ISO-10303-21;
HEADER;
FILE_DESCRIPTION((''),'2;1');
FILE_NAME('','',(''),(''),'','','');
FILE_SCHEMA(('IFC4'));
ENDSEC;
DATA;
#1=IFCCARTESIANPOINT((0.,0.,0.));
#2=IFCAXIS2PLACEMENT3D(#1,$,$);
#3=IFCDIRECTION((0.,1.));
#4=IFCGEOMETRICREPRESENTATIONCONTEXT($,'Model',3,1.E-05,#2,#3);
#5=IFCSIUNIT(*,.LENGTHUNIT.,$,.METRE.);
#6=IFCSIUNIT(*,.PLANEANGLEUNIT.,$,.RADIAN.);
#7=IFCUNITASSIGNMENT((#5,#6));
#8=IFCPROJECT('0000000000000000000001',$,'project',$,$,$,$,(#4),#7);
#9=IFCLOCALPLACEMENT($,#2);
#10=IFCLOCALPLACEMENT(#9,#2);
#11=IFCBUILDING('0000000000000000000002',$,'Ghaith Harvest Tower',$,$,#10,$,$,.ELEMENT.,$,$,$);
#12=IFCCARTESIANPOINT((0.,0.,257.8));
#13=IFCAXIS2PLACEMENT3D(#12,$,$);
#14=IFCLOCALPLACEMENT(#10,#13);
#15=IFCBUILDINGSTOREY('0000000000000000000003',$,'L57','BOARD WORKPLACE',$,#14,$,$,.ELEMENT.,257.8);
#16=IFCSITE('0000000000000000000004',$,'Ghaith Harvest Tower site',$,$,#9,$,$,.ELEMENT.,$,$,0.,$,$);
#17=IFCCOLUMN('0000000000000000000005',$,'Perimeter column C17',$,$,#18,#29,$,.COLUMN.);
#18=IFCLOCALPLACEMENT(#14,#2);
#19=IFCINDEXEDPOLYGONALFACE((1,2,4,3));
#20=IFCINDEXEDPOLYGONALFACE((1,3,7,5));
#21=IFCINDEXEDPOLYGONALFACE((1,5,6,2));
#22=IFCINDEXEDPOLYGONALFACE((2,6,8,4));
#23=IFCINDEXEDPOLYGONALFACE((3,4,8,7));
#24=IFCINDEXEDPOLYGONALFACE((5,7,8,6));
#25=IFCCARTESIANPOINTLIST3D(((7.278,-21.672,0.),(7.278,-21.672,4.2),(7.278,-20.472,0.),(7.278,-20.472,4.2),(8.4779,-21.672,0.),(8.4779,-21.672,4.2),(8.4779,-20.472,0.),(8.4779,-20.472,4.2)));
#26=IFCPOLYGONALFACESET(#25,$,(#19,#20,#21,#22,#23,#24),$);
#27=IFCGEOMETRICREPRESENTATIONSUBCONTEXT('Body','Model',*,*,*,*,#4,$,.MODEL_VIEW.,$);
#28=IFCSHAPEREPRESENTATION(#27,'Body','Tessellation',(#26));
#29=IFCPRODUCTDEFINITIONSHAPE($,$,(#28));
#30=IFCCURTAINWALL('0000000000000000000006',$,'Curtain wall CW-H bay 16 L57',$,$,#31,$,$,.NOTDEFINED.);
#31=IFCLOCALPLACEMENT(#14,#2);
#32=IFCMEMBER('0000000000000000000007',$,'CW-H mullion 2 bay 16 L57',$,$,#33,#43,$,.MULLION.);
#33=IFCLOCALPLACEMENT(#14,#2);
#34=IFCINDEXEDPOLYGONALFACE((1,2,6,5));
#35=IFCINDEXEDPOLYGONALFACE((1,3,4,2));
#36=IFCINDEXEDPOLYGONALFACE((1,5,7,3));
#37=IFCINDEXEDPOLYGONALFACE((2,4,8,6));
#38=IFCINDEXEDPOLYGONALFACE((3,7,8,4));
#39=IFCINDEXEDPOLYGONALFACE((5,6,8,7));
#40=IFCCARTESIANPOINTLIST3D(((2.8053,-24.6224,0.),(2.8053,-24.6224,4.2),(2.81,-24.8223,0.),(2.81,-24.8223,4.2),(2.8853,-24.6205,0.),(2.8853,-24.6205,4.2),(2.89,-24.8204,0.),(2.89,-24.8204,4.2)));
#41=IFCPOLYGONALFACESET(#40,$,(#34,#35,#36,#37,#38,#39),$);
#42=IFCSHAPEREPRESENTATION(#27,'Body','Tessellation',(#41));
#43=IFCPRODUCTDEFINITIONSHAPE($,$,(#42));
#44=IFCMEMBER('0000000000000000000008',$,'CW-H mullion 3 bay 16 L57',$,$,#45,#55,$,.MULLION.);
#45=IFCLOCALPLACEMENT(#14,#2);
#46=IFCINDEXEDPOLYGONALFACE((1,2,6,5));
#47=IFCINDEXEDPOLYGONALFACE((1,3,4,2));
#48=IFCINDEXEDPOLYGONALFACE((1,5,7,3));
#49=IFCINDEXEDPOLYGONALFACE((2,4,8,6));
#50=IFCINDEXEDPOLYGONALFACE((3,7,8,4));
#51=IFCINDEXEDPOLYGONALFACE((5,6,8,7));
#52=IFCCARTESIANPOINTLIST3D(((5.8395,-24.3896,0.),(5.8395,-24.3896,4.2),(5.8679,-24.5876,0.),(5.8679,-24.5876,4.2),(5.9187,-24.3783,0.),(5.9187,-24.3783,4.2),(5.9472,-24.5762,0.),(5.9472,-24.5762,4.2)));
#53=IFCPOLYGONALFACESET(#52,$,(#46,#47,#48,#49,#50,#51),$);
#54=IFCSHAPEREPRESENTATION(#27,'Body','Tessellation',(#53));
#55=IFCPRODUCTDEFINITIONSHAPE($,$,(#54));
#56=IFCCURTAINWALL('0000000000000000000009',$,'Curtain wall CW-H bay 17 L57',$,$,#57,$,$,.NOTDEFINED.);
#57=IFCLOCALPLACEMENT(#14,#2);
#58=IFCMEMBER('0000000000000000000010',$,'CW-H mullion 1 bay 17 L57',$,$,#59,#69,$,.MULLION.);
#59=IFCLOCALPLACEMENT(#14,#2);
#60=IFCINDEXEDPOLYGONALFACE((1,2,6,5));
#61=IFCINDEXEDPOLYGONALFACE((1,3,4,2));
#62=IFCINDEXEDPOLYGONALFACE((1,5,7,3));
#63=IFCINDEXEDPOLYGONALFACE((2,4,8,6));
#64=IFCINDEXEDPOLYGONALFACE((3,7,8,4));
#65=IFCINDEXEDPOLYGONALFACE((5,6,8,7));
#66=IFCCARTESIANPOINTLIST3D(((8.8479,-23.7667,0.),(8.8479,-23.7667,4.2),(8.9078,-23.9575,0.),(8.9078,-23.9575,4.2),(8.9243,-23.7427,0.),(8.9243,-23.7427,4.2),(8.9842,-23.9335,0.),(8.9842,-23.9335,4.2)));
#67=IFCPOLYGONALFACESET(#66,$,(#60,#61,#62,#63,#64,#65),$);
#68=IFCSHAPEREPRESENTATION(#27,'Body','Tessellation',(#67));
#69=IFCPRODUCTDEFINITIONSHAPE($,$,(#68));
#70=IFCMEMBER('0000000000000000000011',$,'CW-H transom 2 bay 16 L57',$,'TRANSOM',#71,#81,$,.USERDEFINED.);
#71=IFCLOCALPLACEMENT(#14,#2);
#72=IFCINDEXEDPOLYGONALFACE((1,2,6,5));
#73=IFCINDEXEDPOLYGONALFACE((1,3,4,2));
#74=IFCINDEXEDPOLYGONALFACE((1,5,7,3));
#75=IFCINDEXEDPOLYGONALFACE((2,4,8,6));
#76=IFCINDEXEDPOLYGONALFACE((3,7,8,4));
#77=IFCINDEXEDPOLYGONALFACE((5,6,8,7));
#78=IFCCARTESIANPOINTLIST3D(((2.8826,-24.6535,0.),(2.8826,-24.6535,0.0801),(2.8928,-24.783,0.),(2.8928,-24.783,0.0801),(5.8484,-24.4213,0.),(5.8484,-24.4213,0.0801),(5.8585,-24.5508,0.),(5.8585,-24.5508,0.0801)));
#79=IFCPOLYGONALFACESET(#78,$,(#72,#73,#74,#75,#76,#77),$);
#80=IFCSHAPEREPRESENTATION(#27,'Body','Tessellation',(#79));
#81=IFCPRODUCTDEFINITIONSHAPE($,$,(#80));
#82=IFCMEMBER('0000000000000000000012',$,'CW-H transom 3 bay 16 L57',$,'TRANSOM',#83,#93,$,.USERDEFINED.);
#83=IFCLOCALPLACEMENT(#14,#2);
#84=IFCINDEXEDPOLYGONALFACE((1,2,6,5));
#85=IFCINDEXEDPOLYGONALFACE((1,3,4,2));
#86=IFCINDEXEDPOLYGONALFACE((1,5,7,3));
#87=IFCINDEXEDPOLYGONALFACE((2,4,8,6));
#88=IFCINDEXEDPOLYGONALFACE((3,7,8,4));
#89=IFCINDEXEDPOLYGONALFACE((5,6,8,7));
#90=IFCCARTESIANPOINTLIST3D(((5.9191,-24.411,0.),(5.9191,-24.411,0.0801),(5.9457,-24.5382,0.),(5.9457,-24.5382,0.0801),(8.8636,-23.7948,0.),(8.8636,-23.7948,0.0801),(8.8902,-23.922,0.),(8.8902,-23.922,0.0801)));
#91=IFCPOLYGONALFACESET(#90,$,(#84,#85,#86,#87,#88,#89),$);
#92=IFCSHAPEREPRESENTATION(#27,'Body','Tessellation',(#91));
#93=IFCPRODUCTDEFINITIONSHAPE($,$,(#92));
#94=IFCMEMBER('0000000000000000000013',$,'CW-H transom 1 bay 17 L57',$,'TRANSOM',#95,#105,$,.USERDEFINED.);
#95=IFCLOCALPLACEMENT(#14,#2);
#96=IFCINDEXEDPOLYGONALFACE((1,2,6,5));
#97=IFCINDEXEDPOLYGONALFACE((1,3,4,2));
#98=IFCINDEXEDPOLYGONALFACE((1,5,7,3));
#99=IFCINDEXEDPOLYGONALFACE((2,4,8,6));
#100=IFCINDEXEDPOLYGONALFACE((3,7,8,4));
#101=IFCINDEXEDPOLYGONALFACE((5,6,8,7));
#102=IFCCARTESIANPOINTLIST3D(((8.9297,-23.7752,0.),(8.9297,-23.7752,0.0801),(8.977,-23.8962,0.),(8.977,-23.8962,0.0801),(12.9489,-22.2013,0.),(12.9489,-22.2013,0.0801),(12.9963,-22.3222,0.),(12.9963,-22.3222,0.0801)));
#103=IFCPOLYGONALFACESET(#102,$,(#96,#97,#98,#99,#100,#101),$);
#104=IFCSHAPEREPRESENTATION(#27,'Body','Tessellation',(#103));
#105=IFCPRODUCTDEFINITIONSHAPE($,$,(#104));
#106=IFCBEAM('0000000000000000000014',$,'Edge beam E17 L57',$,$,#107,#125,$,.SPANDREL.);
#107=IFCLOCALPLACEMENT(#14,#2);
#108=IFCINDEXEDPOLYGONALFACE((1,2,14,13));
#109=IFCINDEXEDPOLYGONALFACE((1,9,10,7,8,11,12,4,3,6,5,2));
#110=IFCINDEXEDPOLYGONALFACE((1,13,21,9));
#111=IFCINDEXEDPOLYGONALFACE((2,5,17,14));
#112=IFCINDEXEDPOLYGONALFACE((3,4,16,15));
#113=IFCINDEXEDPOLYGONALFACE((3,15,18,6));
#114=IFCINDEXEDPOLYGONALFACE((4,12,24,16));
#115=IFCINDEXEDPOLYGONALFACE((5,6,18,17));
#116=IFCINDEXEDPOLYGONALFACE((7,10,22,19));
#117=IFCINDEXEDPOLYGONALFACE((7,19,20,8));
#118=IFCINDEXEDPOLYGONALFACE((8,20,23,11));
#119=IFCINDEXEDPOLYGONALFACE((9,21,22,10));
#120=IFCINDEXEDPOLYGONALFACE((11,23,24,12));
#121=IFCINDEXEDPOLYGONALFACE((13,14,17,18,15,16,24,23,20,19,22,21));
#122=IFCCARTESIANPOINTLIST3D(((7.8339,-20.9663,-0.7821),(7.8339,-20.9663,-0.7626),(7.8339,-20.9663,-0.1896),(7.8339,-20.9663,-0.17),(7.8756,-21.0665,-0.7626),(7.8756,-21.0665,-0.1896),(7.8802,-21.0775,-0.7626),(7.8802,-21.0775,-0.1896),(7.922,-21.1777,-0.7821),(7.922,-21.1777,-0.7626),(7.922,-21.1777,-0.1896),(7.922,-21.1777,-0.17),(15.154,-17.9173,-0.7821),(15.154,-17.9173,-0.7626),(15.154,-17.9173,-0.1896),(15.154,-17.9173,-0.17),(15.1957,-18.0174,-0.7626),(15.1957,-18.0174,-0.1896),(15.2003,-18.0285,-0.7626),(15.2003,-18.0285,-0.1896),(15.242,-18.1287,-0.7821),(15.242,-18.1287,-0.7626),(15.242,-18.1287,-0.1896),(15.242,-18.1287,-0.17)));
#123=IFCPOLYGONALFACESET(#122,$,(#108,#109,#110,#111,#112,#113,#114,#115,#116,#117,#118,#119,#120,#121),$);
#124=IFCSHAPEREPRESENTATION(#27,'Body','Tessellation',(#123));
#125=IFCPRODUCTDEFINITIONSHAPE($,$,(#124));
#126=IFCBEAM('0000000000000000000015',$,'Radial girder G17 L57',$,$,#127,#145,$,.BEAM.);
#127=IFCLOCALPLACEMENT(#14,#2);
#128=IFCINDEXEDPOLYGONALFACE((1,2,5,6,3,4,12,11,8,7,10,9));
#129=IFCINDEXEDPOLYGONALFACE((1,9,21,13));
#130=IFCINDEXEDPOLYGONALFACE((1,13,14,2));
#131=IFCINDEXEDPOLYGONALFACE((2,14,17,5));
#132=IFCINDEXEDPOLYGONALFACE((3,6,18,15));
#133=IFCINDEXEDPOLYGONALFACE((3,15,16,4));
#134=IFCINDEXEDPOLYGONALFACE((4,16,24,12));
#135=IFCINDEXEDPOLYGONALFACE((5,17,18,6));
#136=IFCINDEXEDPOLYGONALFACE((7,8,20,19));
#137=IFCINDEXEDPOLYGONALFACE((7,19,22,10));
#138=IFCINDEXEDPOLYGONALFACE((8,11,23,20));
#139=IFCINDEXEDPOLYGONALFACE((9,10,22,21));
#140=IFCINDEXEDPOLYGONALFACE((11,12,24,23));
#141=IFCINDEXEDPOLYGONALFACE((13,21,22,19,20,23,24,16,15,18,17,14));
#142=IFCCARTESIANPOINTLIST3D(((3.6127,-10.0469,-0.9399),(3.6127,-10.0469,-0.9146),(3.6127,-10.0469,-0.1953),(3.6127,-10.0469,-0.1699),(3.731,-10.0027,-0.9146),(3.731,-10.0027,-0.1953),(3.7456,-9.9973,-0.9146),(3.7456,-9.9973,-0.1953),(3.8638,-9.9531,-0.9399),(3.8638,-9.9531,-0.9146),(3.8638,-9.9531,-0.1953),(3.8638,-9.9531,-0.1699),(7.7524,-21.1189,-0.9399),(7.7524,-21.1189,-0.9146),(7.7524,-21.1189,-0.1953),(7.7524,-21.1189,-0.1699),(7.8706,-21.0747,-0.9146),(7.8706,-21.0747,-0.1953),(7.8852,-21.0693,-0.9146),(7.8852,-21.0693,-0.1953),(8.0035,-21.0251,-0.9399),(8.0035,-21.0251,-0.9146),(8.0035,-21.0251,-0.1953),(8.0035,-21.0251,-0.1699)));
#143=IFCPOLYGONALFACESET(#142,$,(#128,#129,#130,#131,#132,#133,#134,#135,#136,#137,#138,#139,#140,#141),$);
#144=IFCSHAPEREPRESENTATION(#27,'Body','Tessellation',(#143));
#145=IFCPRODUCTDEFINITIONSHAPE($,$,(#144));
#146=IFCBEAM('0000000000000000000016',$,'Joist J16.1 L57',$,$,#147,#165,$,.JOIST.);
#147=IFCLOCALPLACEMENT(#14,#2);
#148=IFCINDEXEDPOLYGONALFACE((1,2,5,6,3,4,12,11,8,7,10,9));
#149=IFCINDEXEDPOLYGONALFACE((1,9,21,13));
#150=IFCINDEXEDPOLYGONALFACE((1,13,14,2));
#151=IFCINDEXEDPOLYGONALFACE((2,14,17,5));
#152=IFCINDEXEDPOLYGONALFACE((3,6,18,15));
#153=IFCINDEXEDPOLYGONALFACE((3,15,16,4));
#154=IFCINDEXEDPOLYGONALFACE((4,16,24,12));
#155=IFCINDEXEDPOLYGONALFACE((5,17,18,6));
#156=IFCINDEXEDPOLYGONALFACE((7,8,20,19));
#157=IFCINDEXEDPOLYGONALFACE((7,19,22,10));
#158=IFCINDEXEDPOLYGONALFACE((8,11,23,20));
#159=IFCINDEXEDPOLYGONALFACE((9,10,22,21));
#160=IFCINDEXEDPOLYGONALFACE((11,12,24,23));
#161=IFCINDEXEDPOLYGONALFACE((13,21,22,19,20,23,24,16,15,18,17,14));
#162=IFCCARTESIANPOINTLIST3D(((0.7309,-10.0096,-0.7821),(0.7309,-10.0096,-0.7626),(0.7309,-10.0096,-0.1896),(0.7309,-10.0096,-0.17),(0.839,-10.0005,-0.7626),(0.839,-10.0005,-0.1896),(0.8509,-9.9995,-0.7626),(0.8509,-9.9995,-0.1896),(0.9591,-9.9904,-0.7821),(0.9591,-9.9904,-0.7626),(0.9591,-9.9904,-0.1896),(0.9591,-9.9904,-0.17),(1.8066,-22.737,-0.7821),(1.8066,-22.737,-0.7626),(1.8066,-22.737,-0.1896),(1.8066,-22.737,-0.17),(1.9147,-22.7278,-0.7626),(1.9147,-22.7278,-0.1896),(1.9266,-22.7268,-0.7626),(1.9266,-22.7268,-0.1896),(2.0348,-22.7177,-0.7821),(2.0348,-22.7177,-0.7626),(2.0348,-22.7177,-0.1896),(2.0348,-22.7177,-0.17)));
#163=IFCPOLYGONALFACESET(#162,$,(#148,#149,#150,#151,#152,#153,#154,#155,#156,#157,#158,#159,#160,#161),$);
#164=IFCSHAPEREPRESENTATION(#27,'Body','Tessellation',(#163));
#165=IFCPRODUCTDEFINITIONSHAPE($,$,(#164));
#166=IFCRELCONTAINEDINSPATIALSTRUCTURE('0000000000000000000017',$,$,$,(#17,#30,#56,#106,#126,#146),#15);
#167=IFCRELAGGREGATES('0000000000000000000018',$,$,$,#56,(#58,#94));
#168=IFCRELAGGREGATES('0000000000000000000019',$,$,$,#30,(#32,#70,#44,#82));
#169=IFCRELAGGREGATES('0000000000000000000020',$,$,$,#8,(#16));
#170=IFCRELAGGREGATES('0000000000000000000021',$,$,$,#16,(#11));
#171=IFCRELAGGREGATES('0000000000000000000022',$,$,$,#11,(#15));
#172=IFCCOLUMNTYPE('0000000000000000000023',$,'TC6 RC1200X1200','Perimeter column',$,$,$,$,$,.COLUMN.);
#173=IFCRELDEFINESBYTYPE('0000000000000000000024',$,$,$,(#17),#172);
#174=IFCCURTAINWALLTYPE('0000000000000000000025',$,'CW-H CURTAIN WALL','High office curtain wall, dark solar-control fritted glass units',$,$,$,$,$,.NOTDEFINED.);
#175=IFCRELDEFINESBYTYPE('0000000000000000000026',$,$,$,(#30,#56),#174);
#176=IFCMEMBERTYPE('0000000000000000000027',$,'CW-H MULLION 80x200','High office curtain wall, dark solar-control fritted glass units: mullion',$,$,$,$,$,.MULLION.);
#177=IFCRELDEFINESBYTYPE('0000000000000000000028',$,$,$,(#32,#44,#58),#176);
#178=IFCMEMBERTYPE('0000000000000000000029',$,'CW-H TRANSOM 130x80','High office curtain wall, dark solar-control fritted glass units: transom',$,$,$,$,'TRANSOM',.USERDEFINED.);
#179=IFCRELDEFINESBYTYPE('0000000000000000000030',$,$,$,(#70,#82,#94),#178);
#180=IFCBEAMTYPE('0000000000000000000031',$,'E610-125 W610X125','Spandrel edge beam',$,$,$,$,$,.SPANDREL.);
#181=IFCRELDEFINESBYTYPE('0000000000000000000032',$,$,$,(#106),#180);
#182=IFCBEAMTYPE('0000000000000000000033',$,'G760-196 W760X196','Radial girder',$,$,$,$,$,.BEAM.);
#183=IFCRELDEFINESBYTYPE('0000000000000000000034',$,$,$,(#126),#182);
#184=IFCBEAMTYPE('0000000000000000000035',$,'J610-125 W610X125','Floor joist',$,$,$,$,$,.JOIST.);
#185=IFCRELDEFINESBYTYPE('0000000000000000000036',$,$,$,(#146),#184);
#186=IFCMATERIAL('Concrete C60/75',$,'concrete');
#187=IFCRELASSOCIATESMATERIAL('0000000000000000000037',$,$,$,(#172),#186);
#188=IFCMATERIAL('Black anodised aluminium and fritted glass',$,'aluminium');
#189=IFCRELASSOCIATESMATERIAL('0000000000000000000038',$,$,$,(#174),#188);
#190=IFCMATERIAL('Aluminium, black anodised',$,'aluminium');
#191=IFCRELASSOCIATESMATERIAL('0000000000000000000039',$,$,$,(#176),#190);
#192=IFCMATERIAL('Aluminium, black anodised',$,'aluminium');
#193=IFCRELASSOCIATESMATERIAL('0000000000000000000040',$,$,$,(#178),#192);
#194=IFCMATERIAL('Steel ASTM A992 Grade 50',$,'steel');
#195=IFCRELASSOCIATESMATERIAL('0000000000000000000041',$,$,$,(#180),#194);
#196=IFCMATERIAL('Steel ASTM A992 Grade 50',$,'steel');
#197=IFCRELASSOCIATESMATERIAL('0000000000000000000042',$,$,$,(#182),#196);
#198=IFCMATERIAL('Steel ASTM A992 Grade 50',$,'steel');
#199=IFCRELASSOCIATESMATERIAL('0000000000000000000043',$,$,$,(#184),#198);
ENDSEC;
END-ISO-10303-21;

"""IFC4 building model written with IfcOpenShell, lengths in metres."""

from ifc_helpers import new_model, si_unit, direction, frame, origin, origin_2d, place, context, subcontext, project, spatial, rectangle, i_section, extrude, material, material_profile, profile_set, type_object, element, aggregate, save


model = new_model("IFC4")

# Units and contexts
model_context = context("Model", 3, precision=1e-05, world=origin(), true_north=direction((0.0, 1.0)))
body_context = subcontext(model_context, "Body", "Model", "MODEL_VIEW")
ifc_project = project(units=[si_unit("LENGTHUNIT", "METRE"), si_unit("PLANEANGLEUNIT", "RADIAN")], contexts=[model_context])

# Site, building, storey
site_placement = place(None, origin())
site = spatial("IfcSite", under=ifc_project, at=site_placement, Name="Ghaith Harvest Tower site", CompositionType="ELEMENT", RefElevation=0.0)
building_placement = place(site_placement, origin())
building = spatial("IfcBuilding", under=site, at=building_placement, Name="Ghaith Harvest Tower", CompositionType="ELEMENT")
storey_placement = place(building_placement, frame((0.0, 0.0, 257.8)))
storey = spatial("IfcBuildingStorey", under=building, at=storey_placement, Name="L57", Description="BOARD WORKPLACE", CompositionType="ELEMENT", Elevation=257.8)

# Column
ifc_material_1 = material(Name="Concrete C60/75", Category="concrete")
ifc_material_profile_1 = material_profile(ifc_material_1, rectangle(XDim=1.2, YDim=1.2, at=origin_2d()), Name="RC1200X1200")
ifc_profile_set_1 = profile_set([ifc_material_profile_1], Name="Concrete C60/75")
column_type = type_object("IfcColumnType", Name="TC6 RC1200X1200", Description="Perimeter column", PredefinedType="COLUMN", material=ifc_profile_set_1)
column_placement = place(storey_placement, frame((7.8779, -21.072, 0.0), z_axis=(0.0, 0.0, 1.0), x_axis=(1.0, 0.0, 0.0)))
element("IfcColumn", 1, at=column_placement, inside=storey, type_object=column_type, Name="Perimeter column C17", PredefinedType="COLUMN", context=body_context, shape_type="SweptSolid", body=[
    extrude(rectangle(XDim=1.2, YDim=1.2, at=origin_2d()), origin(), (0.0, 0.0, 1.0), 4.2),
])

# Curtain wall, members
ifc_material_2 = material(Name="Black anodised aluminium and fritted glass", Category="aluminium")
curtain_wall_type = type_object("IfcCurtainWallType", Name="CW-H CURTAIN WALL", Description="High office curtain wall, dark solar-control fritted glass units", PredefinedType="NOTDEFINED", material=ifc_material_2)
curtain_wall_1_placement = place(storey_placement, origin())
curtain_wall_1 = element("IfcCurtainWall", 2, at=curtain_wall_1_placement, inside=storey, type_object=curtain_wall_type, Name="Curtain wall CW-H bay 16 L57", PredefinedType="NOTDEFINED")
ifc_material_3 = material(Name="Aluminium, black anodised", Category="aluminium")
ifc_material_profile_2 = material_profile(ifc_material_3, rectangle(XDim=0.0801, YDim=0.2, at=origin_2d()), Name="CW-H MULLION 80x200")
ifc_profile_set_2 = profile_set([ifc_material_profile_2], Name="Aluminium, black anodised")
member_type_1 = type_object("IfcMemberType", Name="CW-H MULLION 80x200", Description="High office curtain wall, dark solar-control fritted glass units: mullion", PredefinedType="MULLION", material=ifc_profile_set_2)
member_1_placement = place(storey_placement, frame((2.8477, -24.7214, 0.0), z_axis=(0.0, 0.0, 1.0), x_axis=(0.999724, 0.023475, 0.0)))
member_1 = element("IfcMember", 3, at=member_1_placement, type_object=member_type_1, Name="CW-H mullion 2 bay 16 L57", PredefinedType="MULLION", context=body_context, shape_type="SweptSolid", body=[
    extrude(rectangle(XDim=0.0801, YDim=0.2, at=origin_2d()), origin(), (0.0, 0.0, 1.0), 4.2),
])
member_2_placement = place(storey_placement, frame((5.8933, -24.4829, 0.0), z_axis=(0.0, 0.0, 1.0), x_axis=(0.989849, 0.142122, 0.0)))
member_2 = element("IfcMember", 4, at=member_2_placement, type_object=member_type_1, Name="CW-H mullion 3 bay 16 L57", PredefinedType="MULLION", context=body_context, shape_type="SweptSolid", body=[
    extrude(rectangle(XDim=0.0801, YDim=0.2, at=origin_2d()), origin(), (0.0, 0.0, 1.0), 4.2),
])

# Curtain wall, member
curtain_wall_2_placement = place(storey_placement, origin())
curtain_wall_2 = element("IfcCurtainWall", 5, at=curtain_wall_2_placement, inside=storey, type_object=curtain_wall_type, Name="Curtain wall CW-H bay 17 L57", PredefinedType="NOTDEFINED")
member_3_placement = place(storey_placement, frame((8.916, -23.8501, 0.0), z_axis=(0.0, 0.0, 1.0), x_axis=(0.95403, 0.299711, 0.0)))
member_3 = element("IfcMember", 6, at=member_3_placement, type_object=member_type_1, Name="CW-H mullion 1 bay 17 L57", PredefinedType="MULLION", context=body_context, shape_type="SweptSolid", body=[
    extrude(rectangle(XDim=0.0801, YDim=0.2, at=origin_2d()), origin(), (0.0, 0.0, 1.0), 4.2),
])

# Members
ifc_material_4 = material(Name="Aluminium, black anodised", Category="aluminium")
ifc_material_profile_3 = material_profile(ifc_material_4, rectangle(XDim=0.1299, YDim=0.0801, at=origin_2d()), Name="CW-H TRANSOM 130x80")
ifc_profile_set_3 = profile_set([ifc_material_profile_3], Name="Aluminium, black anodised")
member_type_2 = type_object("IfcMemberType", Name="CW-H TRANSOM 130x80", Description="High office curtain wall, dark solar-control fritted glass units: transom", ElementType="TRANSOM", PredefinedType="USERDEFINED", material=ifc_profile_set_3)
member_4_placement = place(storey_placement, frame((2.8877, -24.7183, 0.04), z_axis=(0.99695, 0.078046, 0.0), x_axis=(-0.078046, 0.99695, 0.0)))
member_4 = element("IfcMember", 7, at=member_4_placement, type_object=member_type_2, Name="CW-H transom 2 bay 16 L57", ObjectType="TRANSOM", PredefinedType="USERDEFINED", context=body_context, shape_type="SweptSolid", body=[
    extrude(rectangle(XDim=0.1299, YDim=0.0801, at=origin_2d()), origin(), (0.0, 0.0, 1.0), 2.9749),
])
member_5_placement = place(storey_placement, frame((5.9324, -24.4746, 0.04), z_axis=(0.978797, 0.204832, 0.0), x_axis=(-0.204832, 0.978797, 0.0)))
member_5 = element("IfcMember", 8, at=member_5_placement, type_object=member_type_2, Name="CW-H transom 3 bay 16 L57", ObjectType="TRANSOM", PredefinedType="USERDEFINED", context=body_context, shape_type="SweptSolid", body=[
    extrude(rectangle(XDim=0.1299, YDim=0.0801, at=origin_2d()), origin(), (0.0, 0.0, 1.0), 3.0083),
])
member_6_placement = place(storey_placement, frame((8.9534, -23.8357, 0.04), z_axis=(0.931148, 0.364642, 0.0), x_axis=(-0.364642, 0.931148, 0.0)))
member_6 = element("IfcMember", 9, at=member_6_placement, type_object=member_type_2, Name="CW-H transom 1 bay 17 L57", ObjectType="TRANSOM", PredefinedType="USERDEFINED", context=body_context, shape_type="SweptSolid", body=[
    extrude(rectangle(XDim=0.1299, YDim=0.0801, at=origin_2d()), origin(), (0.0, 0.0, 1.0), 4.3164),
])
aggregate(curtain_wall_2, [member_3, member_6])

# Beams
ifc_material_5 = material(Name="Steel ASTM A992 Grade 50", Category="steel")
ifc_material_profile_4 = material_profile(ifc_material_5, i_section(OverallWidth=0.229, OverallDepth=0.6121, WebThickness=0.012, FlangeThickness=0.0195, at=origin_2d()), Name="W610X125")
ifc_profile_set_4 = profile_set([ifc_material_profile_4], Name="Steel ASTM A992 Grade 50")
beam_type_1 = type_object("IfcBeamType", Name="E610-125 W610X125", Description="Spandrel edge beam", PredefinedType="SPANDREL", material=ifc_profile_set_4)
beam_1_placement = place(storey_placement, frame((7.8779, -21.072, -0.4761), z_axis=(0.92312, 0.384513, 0.0), x_axis=(-0.384513, 0.92312, 0.0)))
element("IfcBeam", 10, at=beam_1_placement, inside=storey, type_object=beam_type_1, Name="Edge beam E17 L57", PredefinedType="SPANDREL", context=body_context, shape_type="SweptSolid", body=[
    extrude(i_section(OverallWidth=0.229, OverallDepth=0.6121, WebThickness=0.012, FlangeThickness=0.0195, at=origin_2d()), origin(), (0.0, 0.0, 1.0), 7.9297),
])
ifc_material_6 = material(Name="Steel ASTM A992 Grade 50", Category="steel")
ifc_material_profile_5 = material_profile(ifc_material_6, i_section(OverallWidth=0.2681, OverallDepth=0.77, WebThickness=0.0156, FlangeThickness=0.0254, at=origin_2d()), Name="W760X196")
ifc_profile_set_5 = profile_set([ifc_material_profile_5], Name="Steel ASTM A992 Grade 50")
beam_type_2 = type_object("IfcBeamType", Name="G760-196 W760X196", Description="Radial girder", PredefinedType="BEAM", material=ifc_profile_set_5)
beam_2_placement = place(storey_placement, frame((3.7383, -10.0, -0.5549), z_axis=(0.350207, -0.936672, 0.0), x_axis=(0.936672, 0.350207, 0.0)))
element("IfcBeam", 11, at=beam_2_placement, inside=storey, type_object=beam_type_2, Name="Radial girder G17 L57", PredefinedType="BEAM", context=body_context, shape_type="SweptSolid", body=[
    extrude(i_section(OverallWidth=0.2681, OverallDepth=0.77, WebThickness=0.0156, FlangeThickness=0.0254, at=origin_2d()), origin(), (0.0, 0.0, 1.0), 11.8206),
])
ifc_material_7 = material(Name="Steel ASTM A992 Grade 50", Category="steel")
ifc_material_profile_6 = material_profile(ifc_material_7, i_section(OverallWidth=0.229, OverallDepth=0.6121, WebThickness=0.012, FlangeThickness=0.0195, at=origin_2d()), Name="W610X125")
ifc_profile_set_6 = profile_set([ifc_material_profile_6], Name="Steel ASTM A992 Grade 50")
beam_type_3 = type_object("IfcBeamType", Name="J610-125 W610X125", Description="Floor joist", PredefinedType="JOIST", material=ifc_profile_set_6)
beam_3_placement = place(storey_placement, frame((0.845, -10.0, -0.4761), z_axis=(0.084218, -0.996447, 0.0), x_axis=(0.996447, 0.084218, 0.0)))
element("IfcBeam", 12, at=beam_3_placement, inside=storey, type_object=beam_type_3, Name="Joist J16.1 L57", PredefinedType="JOIST", context=body_context, shape_type="SweptSolid", body=[
    extrude(i_section(OverallWidth=0.229, OverallDepth=0.6121, WebThickness=0.012, FlangeThickness=0.0195, at=origin_2d()), origin(), (0.0, 0.0, 1.0), 12.7727),
])

aggregate(curtain_wall_1, [member_1, member_4, member_2, member_5])

save(model, "model.ifc")
